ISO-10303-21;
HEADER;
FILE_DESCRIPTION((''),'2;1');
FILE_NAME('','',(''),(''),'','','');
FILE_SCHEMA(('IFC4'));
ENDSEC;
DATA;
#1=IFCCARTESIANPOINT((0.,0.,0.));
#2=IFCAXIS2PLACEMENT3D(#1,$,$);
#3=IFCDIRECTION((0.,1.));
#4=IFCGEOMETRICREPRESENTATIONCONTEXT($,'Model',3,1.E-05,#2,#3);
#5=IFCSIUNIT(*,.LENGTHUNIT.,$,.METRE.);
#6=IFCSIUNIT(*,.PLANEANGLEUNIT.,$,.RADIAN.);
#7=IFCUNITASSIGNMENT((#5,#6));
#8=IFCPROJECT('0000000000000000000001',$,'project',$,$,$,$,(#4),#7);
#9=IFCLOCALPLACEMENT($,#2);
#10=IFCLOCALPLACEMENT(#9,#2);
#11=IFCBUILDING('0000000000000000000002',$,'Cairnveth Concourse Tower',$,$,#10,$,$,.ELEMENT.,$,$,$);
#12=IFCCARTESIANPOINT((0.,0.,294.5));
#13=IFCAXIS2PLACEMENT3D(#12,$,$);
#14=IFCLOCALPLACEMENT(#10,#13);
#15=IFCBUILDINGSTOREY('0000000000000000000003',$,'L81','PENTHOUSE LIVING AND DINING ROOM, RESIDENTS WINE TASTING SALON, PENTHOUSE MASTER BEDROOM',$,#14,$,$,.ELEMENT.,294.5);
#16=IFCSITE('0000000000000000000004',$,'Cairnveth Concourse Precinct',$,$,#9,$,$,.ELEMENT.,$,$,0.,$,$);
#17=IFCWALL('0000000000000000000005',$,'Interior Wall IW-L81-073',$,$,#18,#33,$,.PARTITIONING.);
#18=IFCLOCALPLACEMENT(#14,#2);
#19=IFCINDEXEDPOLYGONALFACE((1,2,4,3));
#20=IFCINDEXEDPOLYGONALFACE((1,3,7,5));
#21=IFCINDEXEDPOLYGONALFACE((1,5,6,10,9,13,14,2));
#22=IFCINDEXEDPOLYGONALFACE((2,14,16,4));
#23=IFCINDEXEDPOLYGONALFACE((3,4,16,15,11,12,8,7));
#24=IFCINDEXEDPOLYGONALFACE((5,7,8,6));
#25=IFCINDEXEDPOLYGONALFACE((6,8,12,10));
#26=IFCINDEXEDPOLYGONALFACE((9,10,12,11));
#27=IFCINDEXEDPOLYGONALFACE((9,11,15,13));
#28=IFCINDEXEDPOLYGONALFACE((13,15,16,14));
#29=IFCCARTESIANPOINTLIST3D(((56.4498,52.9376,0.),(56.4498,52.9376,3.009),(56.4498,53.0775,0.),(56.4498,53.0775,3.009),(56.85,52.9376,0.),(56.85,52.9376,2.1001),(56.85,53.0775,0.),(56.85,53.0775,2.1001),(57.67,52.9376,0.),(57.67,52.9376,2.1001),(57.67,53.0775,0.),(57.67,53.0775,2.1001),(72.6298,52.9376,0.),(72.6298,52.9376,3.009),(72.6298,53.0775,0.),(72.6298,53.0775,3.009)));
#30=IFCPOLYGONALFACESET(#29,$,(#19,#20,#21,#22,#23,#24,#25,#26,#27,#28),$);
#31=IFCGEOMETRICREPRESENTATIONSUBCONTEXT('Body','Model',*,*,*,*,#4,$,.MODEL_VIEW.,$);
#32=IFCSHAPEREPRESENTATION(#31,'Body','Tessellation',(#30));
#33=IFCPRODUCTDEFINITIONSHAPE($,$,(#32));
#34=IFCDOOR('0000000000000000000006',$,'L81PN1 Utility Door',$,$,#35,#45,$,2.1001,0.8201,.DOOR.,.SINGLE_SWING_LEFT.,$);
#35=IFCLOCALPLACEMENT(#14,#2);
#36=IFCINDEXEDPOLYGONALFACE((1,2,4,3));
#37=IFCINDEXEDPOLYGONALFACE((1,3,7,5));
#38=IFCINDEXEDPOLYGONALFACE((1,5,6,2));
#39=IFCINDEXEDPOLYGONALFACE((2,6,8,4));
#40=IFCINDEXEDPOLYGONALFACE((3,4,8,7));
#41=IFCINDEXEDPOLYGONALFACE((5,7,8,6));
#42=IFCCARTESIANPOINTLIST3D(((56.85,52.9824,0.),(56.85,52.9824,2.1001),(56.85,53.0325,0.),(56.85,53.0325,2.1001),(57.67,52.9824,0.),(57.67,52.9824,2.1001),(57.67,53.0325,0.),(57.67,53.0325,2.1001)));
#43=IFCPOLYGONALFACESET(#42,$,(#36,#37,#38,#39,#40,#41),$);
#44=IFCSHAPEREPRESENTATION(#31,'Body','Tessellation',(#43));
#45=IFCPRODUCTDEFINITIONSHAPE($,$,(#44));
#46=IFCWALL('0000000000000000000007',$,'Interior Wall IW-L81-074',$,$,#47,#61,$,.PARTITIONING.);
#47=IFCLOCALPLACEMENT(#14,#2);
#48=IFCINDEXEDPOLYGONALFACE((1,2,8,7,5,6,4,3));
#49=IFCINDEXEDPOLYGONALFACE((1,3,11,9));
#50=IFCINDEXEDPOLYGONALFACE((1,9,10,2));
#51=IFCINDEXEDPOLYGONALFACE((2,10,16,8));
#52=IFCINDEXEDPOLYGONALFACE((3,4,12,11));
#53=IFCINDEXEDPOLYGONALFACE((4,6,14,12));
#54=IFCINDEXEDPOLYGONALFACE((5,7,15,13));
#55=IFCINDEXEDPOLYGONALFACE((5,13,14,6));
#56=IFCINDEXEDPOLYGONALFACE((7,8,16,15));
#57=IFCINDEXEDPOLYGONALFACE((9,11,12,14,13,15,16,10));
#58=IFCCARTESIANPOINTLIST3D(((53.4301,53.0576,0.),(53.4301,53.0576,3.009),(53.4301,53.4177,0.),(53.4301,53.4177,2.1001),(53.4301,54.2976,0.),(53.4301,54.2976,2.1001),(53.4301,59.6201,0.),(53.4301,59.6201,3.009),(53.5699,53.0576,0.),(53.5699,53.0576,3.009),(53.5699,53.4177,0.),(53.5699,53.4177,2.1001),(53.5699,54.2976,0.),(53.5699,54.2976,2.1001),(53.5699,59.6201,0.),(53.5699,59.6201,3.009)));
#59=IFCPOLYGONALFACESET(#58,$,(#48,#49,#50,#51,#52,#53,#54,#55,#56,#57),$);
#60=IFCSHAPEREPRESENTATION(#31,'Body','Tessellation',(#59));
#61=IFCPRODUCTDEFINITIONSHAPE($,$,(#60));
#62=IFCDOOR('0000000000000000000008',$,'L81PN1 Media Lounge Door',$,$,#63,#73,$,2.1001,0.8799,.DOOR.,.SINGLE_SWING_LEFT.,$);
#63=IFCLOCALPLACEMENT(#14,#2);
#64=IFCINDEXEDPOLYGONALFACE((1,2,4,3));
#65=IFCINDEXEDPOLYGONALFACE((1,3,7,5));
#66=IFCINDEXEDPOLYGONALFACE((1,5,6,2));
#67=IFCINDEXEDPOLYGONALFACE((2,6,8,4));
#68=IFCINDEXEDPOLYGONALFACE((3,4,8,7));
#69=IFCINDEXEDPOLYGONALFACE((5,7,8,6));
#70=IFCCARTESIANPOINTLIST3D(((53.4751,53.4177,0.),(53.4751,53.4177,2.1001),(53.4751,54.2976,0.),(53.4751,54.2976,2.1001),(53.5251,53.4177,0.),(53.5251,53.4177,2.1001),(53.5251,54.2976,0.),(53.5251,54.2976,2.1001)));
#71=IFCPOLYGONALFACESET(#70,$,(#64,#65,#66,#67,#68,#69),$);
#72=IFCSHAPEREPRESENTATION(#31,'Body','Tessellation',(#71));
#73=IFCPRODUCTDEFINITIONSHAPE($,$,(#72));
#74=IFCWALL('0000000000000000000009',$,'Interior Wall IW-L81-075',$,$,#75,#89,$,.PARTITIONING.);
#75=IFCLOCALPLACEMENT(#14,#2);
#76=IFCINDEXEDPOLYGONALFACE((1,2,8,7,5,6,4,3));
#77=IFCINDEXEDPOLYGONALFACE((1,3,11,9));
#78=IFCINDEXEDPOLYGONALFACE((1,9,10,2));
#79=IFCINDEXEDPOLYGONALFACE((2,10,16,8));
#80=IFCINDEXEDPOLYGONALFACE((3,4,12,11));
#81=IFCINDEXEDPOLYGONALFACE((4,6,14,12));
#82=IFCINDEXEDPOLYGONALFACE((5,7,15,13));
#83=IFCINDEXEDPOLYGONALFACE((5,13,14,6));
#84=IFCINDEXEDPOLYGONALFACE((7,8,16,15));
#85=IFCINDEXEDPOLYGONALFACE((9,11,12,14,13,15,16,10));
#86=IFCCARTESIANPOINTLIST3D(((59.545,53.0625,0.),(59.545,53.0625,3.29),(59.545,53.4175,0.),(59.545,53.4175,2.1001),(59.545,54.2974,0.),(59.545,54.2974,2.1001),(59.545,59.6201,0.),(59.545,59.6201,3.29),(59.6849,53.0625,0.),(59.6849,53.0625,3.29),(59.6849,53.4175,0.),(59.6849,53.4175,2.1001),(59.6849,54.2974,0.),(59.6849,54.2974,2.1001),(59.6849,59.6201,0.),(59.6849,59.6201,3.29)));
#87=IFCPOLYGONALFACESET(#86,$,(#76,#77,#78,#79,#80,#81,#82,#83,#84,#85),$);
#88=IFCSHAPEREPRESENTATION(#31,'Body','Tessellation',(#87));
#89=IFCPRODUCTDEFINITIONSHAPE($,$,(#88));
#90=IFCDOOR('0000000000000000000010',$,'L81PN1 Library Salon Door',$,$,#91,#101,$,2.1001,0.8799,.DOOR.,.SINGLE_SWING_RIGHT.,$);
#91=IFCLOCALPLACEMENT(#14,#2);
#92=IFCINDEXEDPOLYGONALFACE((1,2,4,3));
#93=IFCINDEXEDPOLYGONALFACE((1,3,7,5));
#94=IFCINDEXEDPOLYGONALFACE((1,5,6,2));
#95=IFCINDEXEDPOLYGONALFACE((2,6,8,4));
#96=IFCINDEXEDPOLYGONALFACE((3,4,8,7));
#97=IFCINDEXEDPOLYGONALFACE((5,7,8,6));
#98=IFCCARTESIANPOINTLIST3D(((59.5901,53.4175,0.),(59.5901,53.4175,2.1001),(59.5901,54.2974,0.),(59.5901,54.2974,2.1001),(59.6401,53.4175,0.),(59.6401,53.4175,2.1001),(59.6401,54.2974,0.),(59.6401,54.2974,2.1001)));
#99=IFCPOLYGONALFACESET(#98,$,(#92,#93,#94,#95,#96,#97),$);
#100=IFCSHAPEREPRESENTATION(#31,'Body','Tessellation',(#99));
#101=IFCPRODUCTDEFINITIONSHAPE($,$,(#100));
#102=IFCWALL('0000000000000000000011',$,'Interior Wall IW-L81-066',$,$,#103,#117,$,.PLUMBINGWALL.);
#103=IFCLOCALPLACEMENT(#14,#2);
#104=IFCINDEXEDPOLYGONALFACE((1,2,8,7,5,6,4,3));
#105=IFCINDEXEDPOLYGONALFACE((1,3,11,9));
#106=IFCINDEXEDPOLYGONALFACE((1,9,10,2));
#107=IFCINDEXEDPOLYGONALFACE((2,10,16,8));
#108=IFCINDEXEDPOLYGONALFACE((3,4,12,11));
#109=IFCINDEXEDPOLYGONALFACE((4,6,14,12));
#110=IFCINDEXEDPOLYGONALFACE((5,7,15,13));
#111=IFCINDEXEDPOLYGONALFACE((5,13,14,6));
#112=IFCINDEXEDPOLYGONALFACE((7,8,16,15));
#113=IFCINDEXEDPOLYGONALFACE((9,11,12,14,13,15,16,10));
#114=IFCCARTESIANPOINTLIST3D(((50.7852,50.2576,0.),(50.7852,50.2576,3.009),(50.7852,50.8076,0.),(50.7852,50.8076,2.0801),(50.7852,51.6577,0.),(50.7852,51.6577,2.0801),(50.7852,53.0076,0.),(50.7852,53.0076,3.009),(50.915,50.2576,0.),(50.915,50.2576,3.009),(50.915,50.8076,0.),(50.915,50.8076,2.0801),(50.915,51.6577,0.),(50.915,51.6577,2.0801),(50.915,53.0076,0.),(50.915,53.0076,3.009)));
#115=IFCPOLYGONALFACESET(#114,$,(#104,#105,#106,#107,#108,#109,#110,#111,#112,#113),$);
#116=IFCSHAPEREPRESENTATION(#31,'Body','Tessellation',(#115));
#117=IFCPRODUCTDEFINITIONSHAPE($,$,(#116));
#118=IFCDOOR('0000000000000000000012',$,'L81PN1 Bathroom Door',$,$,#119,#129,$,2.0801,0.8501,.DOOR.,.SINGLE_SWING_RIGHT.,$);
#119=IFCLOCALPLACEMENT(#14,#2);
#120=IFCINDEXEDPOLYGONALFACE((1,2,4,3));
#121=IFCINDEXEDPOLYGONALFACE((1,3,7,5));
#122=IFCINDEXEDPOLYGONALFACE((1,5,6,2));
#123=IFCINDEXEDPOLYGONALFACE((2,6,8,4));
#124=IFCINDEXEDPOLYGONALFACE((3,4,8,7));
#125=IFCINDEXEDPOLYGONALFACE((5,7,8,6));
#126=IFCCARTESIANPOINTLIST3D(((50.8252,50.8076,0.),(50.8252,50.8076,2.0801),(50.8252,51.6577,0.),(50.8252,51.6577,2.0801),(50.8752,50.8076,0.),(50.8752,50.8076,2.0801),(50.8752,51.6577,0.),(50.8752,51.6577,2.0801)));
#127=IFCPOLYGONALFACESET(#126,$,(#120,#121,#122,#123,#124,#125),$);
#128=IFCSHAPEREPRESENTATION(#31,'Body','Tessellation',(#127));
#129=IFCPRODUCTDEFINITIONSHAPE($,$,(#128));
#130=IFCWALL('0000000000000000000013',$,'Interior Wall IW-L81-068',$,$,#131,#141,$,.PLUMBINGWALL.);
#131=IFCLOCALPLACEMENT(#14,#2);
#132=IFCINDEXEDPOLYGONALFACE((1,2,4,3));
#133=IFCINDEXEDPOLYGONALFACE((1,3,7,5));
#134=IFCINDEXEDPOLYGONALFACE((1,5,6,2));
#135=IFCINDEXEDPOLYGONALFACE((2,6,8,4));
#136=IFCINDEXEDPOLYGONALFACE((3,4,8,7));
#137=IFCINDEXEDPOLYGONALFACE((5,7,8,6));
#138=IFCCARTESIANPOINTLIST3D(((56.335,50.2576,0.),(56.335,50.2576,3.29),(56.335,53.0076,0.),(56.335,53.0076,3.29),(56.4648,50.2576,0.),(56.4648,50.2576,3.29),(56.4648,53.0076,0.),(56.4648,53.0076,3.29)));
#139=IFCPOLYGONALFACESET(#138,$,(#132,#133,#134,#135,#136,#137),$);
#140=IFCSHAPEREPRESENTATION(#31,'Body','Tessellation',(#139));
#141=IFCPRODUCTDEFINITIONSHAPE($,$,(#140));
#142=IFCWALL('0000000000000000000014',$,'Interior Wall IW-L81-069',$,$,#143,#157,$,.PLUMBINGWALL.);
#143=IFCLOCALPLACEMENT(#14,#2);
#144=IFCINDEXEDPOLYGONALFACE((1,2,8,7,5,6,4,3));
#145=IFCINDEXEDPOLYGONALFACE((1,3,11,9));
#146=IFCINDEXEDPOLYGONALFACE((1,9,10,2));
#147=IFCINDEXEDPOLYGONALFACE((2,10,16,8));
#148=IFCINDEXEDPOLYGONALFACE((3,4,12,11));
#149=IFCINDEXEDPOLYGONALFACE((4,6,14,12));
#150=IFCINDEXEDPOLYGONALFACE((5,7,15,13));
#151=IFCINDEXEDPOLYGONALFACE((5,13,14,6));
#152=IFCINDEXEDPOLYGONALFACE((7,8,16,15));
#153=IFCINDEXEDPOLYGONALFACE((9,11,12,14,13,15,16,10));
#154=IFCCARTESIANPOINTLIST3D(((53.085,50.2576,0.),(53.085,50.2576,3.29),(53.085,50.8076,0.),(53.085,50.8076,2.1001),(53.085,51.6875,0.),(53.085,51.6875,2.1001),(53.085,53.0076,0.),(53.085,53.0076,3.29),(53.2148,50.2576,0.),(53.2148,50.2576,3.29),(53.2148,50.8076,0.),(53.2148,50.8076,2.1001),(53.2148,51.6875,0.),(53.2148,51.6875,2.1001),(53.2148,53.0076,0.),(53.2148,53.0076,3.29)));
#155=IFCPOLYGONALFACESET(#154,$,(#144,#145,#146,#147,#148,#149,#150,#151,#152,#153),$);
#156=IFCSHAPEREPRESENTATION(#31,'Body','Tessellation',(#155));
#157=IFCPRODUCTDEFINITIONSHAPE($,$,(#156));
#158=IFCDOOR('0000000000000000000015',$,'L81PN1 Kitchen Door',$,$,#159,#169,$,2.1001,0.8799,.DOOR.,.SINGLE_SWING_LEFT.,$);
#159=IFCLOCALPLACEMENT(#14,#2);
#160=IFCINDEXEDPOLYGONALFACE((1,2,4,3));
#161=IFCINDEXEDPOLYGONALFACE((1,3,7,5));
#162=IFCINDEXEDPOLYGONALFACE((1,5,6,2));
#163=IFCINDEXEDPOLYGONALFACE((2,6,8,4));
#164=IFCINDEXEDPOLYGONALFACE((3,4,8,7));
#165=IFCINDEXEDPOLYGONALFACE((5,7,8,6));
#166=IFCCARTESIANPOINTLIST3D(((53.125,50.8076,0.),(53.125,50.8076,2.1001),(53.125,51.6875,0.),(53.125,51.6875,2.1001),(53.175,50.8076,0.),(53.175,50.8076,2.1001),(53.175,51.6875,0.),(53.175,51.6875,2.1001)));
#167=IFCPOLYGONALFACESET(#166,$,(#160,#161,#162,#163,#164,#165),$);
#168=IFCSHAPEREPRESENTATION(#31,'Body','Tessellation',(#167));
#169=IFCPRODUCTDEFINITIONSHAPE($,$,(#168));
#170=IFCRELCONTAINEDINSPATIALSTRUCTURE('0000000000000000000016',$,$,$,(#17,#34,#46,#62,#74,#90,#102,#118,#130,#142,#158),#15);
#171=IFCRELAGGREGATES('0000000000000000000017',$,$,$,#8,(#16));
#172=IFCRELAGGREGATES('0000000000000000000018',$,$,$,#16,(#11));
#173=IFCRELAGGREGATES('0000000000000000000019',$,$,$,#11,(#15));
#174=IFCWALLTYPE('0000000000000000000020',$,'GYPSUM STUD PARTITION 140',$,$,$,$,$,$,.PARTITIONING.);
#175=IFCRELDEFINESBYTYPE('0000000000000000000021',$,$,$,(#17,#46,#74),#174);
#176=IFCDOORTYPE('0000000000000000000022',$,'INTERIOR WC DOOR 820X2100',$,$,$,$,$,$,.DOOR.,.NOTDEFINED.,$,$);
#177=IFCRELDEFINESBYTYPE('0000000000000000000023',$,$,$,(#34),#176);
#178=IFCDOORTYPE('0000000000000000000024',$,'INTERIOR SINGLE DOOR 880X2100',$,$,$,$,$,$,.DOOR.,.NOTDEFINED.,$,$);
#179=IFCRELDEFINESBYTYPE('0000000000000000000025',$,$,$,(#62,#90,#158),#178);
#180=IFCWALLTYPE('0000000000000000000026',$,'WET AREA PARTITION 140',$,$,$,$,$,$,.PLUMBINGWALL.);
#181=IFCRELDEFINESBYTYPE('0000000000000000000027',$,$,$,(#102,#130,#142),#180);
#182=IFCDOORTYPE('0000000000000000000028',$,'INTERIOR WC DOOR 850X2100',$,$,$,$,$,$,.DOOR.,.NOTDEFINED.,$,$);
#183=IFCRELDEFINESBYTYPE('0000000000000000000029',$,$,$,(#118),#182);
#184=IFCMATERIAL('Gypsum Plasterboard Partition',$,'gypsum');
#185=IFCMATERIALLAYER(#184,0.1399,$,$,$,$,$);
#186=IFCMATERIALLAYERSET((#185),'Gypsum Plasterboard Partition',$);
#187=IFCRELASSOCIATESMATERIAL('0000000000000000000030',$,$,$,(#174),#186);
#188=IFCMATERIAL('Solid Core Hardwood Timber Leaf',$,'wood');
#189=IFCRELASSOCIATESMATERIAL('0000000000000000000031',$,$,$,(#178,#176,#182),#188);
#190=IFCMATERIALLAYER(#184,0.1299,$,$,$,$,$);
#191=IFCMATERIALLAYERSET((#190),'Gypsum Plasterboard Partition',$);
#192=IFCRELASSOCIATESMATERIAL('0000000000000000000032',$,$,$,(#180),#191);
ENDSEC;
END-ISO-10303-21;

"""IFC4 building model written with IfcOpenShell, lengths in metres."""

from ifc_helpers import new_model, si_unit, direction, frame, frame_2d, origin, place, context, subcontext, project, spatial, rectangle, extrude, material, layer, layer_set, type_object, element, fill, save


model = new_model("IFC4")

# Units and contexts
model_context = context("Model", 3, precision=1e-05, world=origin(), true_north=direction((0.0, 1.0)))
body_context = subcontext(model_context, "Body", "Model", "MODEL_VIEW")
ifc_project = project(units=[si_unit("LENGTHUNIT", "METRE"), si_unit("PLANEANGLEUNIT", "RADIAN")], contexts=[model_context])

# Site, building, storey
site_placement = place(None, origin())
site = spatial("IfcSite", under=ifc_project, at=site_placement, Name="Cairnveth Concourse Precinct", CompositionType="ELEMENT", RefElevation=0.0)
building_placement = place(site_placement, origin())
building = spatial("IfcBuilding", under=site, at=building_placement, Name="Cairnveth Concourse Tower", CompositionType="ELEMENT")
storey_placement = place(building_placement, frame((0.0, 0.0, 294.5)))
storey = spatial("IfcBuildingStorey", under=building, at=storey_placement, Name="L81", Description="PENTHOUSE LIVING AND DINING ROOM, RESIDENTS WINE TASTING SALON, PENTHOUSE MASTER BEDROOM", CompositionType="ELEMENT", Elevation=294.5)

# Shared definitions
ifc_material_1 = material(Name="Gypsum Plasterboard Partition", Category="gypsum")

# Walls, openings, doors
ifc_layer_1 = layer(ifc_material_1, 0.1399)
ifc_layer_set_1 = layer_set([ifc_layer_1], Name="Gypsum Plasterboard Partition")
wall_type_1 = type_object("IfcWallType", Name="GYPSUM STUD PARTITION 140", PredefinedType="PARTITIONING", material=ifc_layer_set_1)
ifc_material_2 = material(Name="Solid Core Hardwood Timber Leaf", Category="wood")
door_type_1 = type_object("IfcDoorType", Name="INTERIOR SINGLE DOOR 880X2100", OperationType="NOTDEFINED", PredefinedType="DOOR", material=ifc_material_2)
wall_1_placement = place(storey_placement, frame((56.45, 53.0076, 0.0), z_axis=(0.0, 0.0, 1.0), x_axis=(1.0, 0.0, 0.0)))
wall_1 = element("IfcWall", 1, at=wall_1_placement, inside=storey, type_object=wall_type_1, Name="Interior Wall IW-L81-073", PredefinedType="PARTITIONING", context=body_context, shape_type="SweptSolid", body=[
    extrude(rectangle(XDim=16.1799, YDim=0.1399, at=frame_2d((8.0898, 0.0))), origin(), (0.0, 0.0, 1.0), 3.009),
])
opening_1_placement = place(wall_1_placement, frame((0.3999, 0.0, 0.0)))
opening_1 = element("IfcOpeningElement", 2, at=opening_1_placement, cuts=wall_1, PredefinedType="OPENING", context=body_context, shape_type="SweptSolid", body=[
    extrude(rectangle(XDim=0.8201, YDim=2.1001, at=frame_2d((0.4102, 1.05))), frame((0.0, 0.0798, 0.0), z_axis=(0.0, -1.0, 0.0), x_axis=(1.0, 0.0, 0.0)), (0.0, 0.0, 1.0), 0.1599),
])
door_type_2 = type_object("IfcDoorType", Name="INTERIOR WC DOOR 820X2100", OperationType="NOTDEFINED", PredefinedType="DOOR", material=ifc_material_2)
door_1_placement = place(opening_1_placement, origin())
door_1 = element("IfcDoor", 3, at=door_1_placement, inside=storey, type_object=door_type_2, Name="L81PN1 Utility Door", OperationType="SINGLE_SWING_LEFT", OverallHeight=2.1001, OverallWidth=0.8201, PredefinedType="DOOR", context=body_context, shape_type="SweptSolid", body=[
    extrude(rectangle(XDim=0.8201, YDim=2.1001, at=frame_2d((0.4102, 1.05))), frame((0.0, 0.0249, 0.0), z_axis=(0.0, -1.0, 0.0), x_axis=(1.0, 0.0, 0.0)), (0.0, 0.0, 1.0), 0.05),
])
fill(opening_1, door_1)
wall_2_placement = place(storey_placement, frame((53.5, 53.0576, 0.0), z_axis=(0.0, 0.0, 1.0), x_axis=(0.0, 1.0, 0.0)))
wall_2 = element("IfcWall", 4, at=wall_2_placement, inside=storey, type_object=wall_type_1, Name="Interior Wall IW-L81-074", PredefinedType="PARTITIONING", context=body_context, shape_type="SweptSolid", body=[
    extrude(rectangle(XDim=6.5625, YDim=0.1399, at=frame_2d((3.2812, 0.0))), origin(), (0.0, 0.0, 1.0), 3.009),
])
opening_2_placement = place(wall_2_placement, frame((0.3601, 0.0, 0.0)))
opening_2 = element("IfcOpeningElement", 5, at=opening_2_placement, cuts=wall_2, PredefinedType="OPENING", context=body_context, shape_type="SweptSolid", body=[
    extrude(rectangle(XDim=0.8799, YDim=2.1001, at=frame_2d((0.4399, 1.05))), frame((0.0, 0.0798, 0.0), z_axis=(0.0, -1.0, 0.0), x_axis=(1.0, 0.0, 0.0)), (0.0, 0.0, 1.0), 0.1599),
])
door_2_placement = place(opening_2_placement, origin())
door_2 = element("IfcDoor", 6, at=door_2_placement, inside=storey, type_object=door_type_1, Name="L81PN1 Media Lounge Door", OperationType="SINGLE_SWING_LEFT", OverallHeight=2.1001, OverallWidth=0.8799, PredefinedType="DOOR", context=body_context, shape_type="SweptSolid", body=[
    extrude(rectangle(XDim=0.8799, YDim=2.1001, at=frame_2d((0.4399, 1.05))), frame((0.0, 0.0249, 0.0), z_axis=(0.0, -1.0, 0.0), x_axis=(1.0, 0.0, 0.0)), (0.0, 0.0, 1.0), 0.05),
])
fill(opening_2, door_2)
wall_3_placement = place(storey_placement, frame((59.615, 53.0625, 0.0), z_axis=(0.0, 0.0, 1.0), x_axis=(0.0, 1.0, 0.0)))
wall_3 = element("IfcWall", 7, at=wall_3_placement, inside=storey, type_object=wall_type_1, Name="Interior Wall IW-L81-075", PredefinedType="PARTITIONING", context=body_context, shape_type="SweptSolid", body=[
    extrude(rectangle(XDim=6.5576, YDim=0.1399, at=frame_2d((3.2788, 0.0))), origin(), (0.0, 0.0, 1.0), 3.29),
])
opening_3_placement = place(wall_3_placement, frame((0.355, 0.0, 0.0)))
opening_3 = element("IfcOpeningElement", 8, at=opening_3_placement, cuts=wall_3, PredefinedType="OPENING", context=body_context, shape_type="SweptSolid", body=[
    extrude(rectangle(XDim=0.8799, YDim=2.1001, at=frame_2d((0.4399, 1.05))), frame((0.0, 0.0798, 0.0), z_axis=(0.0, -1.0, 0.0), x_axis=(1.0, 0.0, 0.0)), (0.0, 0.0, 1.0), 0.1599),
])
door_3_placement = place(opening_3_placement, origin())
door_3 = element("IfcDoor", 9, at=door_3_placement, inside=storey, type_object=door_type_1, Name="L81PN1 Library Salon Door", OperationType="SINGLE_SWING_RIGHT", OverallHeight=2.1001, OverallWidth=0.8799, PredefinedType="DOOR", context=body_context, shape_type="SweptSolid", body=[
    extrude(rectangle(XDim=0.8799, YDim=2.1001, at=frame_2d((0.4399, 1.05))), frame((0.0, 0.0249, 0.0), z_axis=(0.0, -1.0, 0.0), x_axis=(1.0, 0.0, 0.0)), (0.0, 0.0, 1.0), 0.05),
])
fill(opening_3, door_3)
ifc_layer_2 = layer(ifc_material_1, 0.1299)
ifc_layer_set_2 = layer_set([ifc_layer_2], Name="Gypsum Plasterboard Partition")
wall_type_2 = type_object("IfcWallType", Name="WET AREA PARTITION 140", PredefinedType="PLUMBINGWALL", material=ifc_layer_set_2)
wall_4_placement = place(storey_placement, frame((50.8501, 50.2576, 0.0), z_axis=(0.0, 0.0, 1.0), x_axis=(0.0, 1.0, 0.0)))
wall_4 = element("IfcWall", 10, at=wall_4_placement, inside=storey, type_object=wall_type_2, Name="Interior Wall IW-L81-066", PredefinedType="PLUMBINGWALL", context=body_context, shape_type="SweptSolid", body=[
    extrude(rectangle(XDim=2.75, YDim=0.1299, at=frame_2d((1.375, 0.0))), origin(), (0.0, 0.0, 1.0), 3.009),
])
opening_4_placement = place(wall_4_placement, frame((0.55, 0.0, 0.0)))
opening_4 = element("IfcOpeningElement", 11, at=opening_4_placement, cuts=wall_4, PredefinedType="OPENING", context=body_context, shape_type="SweptSolid", body=[
    extrude(rectangle(XDim=0.8501, YDim=2.0801, at=frame_2d((0.425, 1.04))), frame((0.0, 0.075, 0.0), z_axis=(0.0, -1.0, 0.0), x_axis=(1.0, 0.0, 0.0)), (0.0, 0.0, 1.0), 0.1499),
])
door_type_3 = type_object("IfcDoorType", Name="INTERIOR WC DOOR 850X2100", OperationType="NOTDEFINED", PredefinedType="DOOR", material=ifc_material_2)
door_4_placement = place(opening_4_placement, origin())
door_4 = element("IfcDoor", 12, at=door_4_placement, inside=storey, type_object=door_type_3, Name="L81PN1 Bathroom Door", OperationType="SINGLE_SWING_RIGHT", OverallHeight=2.0801, OverallWidth=0.8501, PredefinedType="DOOR", context=body_context, shape_type="SweptSolid", body=[
    extrude(rectangle(XDim=0.8501, YDim=2.0801, at=frame_2d((0.425, 1.04))), frame((0.0, 0.0249, 0.0), z_axis=(0.0, -1.0, 0.0), x_axis=(1.0, 0.0, 0.0)), (0.0, 0.0, 1.0), 0.05),
])
fill(opening_4, door_4)

# Wall
wall_5_placement = place(storey_placement, frame((56.3999, 50.2576, 0.0), z_axis=(0.0, 0.0, 1.0), x_axis=(0.0, 1.0, 0.0)))
element("IfcWall", 13, at=wall_5_placement, inside=storey, type_object=wall_type_2, Name="Interior Wall IW-L81-068", PredefinedType="PLUMBINGWALL", context=body_context, shape_type="SweptSolid", body=[
    extrude(rectangle(XDim=2.75, YDim=0.1299, at=frame_2d((1.375, 0.0))), origin(), (0.0, 0.0, 1.0), 3.29),
])

# Wall, opening, door
wall_6_placement = place(storey_placement, frame((53.1499, 50.2576, 0.0), z_axis=(0.0, 0.0, 1.0), x_axis=(0.0, 1.0, 0.0)))
wall_6 = element("IfcWall", 14, at=wall_6_placement, inside=storey, type_object=wall_type_2, Name="Interior Wall IW-L81-069", PredefinedType="PLUMBINGWALL", context=body_context, shape_type="SweptSolid", body=[
    extrude(rectangle(XDim=2.75, YDim=0.1299, at=frame_2d((1.375, 0.0))), origin(), (0.0, 0.0, 1.0), 3.29),
])
opening_5_placement = place(wall_6_placement, frame((0.55, 0.0, 0.0)))
opening_5 = element("IfcOpeningElement", 15, at=opening_5_placement, cuts=wall_6, PredefinedType="OPENING", context=body_context, shape_type="SweptSolid", body=[
    extrude(rectangle(XDim=0.8799, YDim=2.1001, at=frame_2d((0.4399, 1.05))), frame((0.0, 0.075, 0.0), z_axis=(0.0, -1.0, 0.0), x_axis=(1.0, 0.0, 0.0)), (0.0, 0.0, 1.0), 0.1499),
])
door_5_placement = place(opening_5_placement, origin())
door_5 = element("IfcDoor", 16, at=door_5_placement, inside=storey, type_object=door_type_1, Name="L81PN1 Kitchen Door", OperationType="SINGLE_SWING_LEFT", OverallHeight=2.1001, OverallWidth=0.8799, PredefinedType="DOOR", context=body_context, shape_type="SweptSolid", body=[
    extrude(rectangle(XDim=0.8799, YDim=2.1001, at=frame_2d((0.4399, 1.05))), frame((0.0, 0.0249, 0.0), z_axis=(0.0, -1.0, 0.0), x_axis=(1.0, 0.0, 0.0)), (0.0, 0.0, 1.0), 0.05),
])
fill(opening_5, door_5)

save(model, "model.ifc")
